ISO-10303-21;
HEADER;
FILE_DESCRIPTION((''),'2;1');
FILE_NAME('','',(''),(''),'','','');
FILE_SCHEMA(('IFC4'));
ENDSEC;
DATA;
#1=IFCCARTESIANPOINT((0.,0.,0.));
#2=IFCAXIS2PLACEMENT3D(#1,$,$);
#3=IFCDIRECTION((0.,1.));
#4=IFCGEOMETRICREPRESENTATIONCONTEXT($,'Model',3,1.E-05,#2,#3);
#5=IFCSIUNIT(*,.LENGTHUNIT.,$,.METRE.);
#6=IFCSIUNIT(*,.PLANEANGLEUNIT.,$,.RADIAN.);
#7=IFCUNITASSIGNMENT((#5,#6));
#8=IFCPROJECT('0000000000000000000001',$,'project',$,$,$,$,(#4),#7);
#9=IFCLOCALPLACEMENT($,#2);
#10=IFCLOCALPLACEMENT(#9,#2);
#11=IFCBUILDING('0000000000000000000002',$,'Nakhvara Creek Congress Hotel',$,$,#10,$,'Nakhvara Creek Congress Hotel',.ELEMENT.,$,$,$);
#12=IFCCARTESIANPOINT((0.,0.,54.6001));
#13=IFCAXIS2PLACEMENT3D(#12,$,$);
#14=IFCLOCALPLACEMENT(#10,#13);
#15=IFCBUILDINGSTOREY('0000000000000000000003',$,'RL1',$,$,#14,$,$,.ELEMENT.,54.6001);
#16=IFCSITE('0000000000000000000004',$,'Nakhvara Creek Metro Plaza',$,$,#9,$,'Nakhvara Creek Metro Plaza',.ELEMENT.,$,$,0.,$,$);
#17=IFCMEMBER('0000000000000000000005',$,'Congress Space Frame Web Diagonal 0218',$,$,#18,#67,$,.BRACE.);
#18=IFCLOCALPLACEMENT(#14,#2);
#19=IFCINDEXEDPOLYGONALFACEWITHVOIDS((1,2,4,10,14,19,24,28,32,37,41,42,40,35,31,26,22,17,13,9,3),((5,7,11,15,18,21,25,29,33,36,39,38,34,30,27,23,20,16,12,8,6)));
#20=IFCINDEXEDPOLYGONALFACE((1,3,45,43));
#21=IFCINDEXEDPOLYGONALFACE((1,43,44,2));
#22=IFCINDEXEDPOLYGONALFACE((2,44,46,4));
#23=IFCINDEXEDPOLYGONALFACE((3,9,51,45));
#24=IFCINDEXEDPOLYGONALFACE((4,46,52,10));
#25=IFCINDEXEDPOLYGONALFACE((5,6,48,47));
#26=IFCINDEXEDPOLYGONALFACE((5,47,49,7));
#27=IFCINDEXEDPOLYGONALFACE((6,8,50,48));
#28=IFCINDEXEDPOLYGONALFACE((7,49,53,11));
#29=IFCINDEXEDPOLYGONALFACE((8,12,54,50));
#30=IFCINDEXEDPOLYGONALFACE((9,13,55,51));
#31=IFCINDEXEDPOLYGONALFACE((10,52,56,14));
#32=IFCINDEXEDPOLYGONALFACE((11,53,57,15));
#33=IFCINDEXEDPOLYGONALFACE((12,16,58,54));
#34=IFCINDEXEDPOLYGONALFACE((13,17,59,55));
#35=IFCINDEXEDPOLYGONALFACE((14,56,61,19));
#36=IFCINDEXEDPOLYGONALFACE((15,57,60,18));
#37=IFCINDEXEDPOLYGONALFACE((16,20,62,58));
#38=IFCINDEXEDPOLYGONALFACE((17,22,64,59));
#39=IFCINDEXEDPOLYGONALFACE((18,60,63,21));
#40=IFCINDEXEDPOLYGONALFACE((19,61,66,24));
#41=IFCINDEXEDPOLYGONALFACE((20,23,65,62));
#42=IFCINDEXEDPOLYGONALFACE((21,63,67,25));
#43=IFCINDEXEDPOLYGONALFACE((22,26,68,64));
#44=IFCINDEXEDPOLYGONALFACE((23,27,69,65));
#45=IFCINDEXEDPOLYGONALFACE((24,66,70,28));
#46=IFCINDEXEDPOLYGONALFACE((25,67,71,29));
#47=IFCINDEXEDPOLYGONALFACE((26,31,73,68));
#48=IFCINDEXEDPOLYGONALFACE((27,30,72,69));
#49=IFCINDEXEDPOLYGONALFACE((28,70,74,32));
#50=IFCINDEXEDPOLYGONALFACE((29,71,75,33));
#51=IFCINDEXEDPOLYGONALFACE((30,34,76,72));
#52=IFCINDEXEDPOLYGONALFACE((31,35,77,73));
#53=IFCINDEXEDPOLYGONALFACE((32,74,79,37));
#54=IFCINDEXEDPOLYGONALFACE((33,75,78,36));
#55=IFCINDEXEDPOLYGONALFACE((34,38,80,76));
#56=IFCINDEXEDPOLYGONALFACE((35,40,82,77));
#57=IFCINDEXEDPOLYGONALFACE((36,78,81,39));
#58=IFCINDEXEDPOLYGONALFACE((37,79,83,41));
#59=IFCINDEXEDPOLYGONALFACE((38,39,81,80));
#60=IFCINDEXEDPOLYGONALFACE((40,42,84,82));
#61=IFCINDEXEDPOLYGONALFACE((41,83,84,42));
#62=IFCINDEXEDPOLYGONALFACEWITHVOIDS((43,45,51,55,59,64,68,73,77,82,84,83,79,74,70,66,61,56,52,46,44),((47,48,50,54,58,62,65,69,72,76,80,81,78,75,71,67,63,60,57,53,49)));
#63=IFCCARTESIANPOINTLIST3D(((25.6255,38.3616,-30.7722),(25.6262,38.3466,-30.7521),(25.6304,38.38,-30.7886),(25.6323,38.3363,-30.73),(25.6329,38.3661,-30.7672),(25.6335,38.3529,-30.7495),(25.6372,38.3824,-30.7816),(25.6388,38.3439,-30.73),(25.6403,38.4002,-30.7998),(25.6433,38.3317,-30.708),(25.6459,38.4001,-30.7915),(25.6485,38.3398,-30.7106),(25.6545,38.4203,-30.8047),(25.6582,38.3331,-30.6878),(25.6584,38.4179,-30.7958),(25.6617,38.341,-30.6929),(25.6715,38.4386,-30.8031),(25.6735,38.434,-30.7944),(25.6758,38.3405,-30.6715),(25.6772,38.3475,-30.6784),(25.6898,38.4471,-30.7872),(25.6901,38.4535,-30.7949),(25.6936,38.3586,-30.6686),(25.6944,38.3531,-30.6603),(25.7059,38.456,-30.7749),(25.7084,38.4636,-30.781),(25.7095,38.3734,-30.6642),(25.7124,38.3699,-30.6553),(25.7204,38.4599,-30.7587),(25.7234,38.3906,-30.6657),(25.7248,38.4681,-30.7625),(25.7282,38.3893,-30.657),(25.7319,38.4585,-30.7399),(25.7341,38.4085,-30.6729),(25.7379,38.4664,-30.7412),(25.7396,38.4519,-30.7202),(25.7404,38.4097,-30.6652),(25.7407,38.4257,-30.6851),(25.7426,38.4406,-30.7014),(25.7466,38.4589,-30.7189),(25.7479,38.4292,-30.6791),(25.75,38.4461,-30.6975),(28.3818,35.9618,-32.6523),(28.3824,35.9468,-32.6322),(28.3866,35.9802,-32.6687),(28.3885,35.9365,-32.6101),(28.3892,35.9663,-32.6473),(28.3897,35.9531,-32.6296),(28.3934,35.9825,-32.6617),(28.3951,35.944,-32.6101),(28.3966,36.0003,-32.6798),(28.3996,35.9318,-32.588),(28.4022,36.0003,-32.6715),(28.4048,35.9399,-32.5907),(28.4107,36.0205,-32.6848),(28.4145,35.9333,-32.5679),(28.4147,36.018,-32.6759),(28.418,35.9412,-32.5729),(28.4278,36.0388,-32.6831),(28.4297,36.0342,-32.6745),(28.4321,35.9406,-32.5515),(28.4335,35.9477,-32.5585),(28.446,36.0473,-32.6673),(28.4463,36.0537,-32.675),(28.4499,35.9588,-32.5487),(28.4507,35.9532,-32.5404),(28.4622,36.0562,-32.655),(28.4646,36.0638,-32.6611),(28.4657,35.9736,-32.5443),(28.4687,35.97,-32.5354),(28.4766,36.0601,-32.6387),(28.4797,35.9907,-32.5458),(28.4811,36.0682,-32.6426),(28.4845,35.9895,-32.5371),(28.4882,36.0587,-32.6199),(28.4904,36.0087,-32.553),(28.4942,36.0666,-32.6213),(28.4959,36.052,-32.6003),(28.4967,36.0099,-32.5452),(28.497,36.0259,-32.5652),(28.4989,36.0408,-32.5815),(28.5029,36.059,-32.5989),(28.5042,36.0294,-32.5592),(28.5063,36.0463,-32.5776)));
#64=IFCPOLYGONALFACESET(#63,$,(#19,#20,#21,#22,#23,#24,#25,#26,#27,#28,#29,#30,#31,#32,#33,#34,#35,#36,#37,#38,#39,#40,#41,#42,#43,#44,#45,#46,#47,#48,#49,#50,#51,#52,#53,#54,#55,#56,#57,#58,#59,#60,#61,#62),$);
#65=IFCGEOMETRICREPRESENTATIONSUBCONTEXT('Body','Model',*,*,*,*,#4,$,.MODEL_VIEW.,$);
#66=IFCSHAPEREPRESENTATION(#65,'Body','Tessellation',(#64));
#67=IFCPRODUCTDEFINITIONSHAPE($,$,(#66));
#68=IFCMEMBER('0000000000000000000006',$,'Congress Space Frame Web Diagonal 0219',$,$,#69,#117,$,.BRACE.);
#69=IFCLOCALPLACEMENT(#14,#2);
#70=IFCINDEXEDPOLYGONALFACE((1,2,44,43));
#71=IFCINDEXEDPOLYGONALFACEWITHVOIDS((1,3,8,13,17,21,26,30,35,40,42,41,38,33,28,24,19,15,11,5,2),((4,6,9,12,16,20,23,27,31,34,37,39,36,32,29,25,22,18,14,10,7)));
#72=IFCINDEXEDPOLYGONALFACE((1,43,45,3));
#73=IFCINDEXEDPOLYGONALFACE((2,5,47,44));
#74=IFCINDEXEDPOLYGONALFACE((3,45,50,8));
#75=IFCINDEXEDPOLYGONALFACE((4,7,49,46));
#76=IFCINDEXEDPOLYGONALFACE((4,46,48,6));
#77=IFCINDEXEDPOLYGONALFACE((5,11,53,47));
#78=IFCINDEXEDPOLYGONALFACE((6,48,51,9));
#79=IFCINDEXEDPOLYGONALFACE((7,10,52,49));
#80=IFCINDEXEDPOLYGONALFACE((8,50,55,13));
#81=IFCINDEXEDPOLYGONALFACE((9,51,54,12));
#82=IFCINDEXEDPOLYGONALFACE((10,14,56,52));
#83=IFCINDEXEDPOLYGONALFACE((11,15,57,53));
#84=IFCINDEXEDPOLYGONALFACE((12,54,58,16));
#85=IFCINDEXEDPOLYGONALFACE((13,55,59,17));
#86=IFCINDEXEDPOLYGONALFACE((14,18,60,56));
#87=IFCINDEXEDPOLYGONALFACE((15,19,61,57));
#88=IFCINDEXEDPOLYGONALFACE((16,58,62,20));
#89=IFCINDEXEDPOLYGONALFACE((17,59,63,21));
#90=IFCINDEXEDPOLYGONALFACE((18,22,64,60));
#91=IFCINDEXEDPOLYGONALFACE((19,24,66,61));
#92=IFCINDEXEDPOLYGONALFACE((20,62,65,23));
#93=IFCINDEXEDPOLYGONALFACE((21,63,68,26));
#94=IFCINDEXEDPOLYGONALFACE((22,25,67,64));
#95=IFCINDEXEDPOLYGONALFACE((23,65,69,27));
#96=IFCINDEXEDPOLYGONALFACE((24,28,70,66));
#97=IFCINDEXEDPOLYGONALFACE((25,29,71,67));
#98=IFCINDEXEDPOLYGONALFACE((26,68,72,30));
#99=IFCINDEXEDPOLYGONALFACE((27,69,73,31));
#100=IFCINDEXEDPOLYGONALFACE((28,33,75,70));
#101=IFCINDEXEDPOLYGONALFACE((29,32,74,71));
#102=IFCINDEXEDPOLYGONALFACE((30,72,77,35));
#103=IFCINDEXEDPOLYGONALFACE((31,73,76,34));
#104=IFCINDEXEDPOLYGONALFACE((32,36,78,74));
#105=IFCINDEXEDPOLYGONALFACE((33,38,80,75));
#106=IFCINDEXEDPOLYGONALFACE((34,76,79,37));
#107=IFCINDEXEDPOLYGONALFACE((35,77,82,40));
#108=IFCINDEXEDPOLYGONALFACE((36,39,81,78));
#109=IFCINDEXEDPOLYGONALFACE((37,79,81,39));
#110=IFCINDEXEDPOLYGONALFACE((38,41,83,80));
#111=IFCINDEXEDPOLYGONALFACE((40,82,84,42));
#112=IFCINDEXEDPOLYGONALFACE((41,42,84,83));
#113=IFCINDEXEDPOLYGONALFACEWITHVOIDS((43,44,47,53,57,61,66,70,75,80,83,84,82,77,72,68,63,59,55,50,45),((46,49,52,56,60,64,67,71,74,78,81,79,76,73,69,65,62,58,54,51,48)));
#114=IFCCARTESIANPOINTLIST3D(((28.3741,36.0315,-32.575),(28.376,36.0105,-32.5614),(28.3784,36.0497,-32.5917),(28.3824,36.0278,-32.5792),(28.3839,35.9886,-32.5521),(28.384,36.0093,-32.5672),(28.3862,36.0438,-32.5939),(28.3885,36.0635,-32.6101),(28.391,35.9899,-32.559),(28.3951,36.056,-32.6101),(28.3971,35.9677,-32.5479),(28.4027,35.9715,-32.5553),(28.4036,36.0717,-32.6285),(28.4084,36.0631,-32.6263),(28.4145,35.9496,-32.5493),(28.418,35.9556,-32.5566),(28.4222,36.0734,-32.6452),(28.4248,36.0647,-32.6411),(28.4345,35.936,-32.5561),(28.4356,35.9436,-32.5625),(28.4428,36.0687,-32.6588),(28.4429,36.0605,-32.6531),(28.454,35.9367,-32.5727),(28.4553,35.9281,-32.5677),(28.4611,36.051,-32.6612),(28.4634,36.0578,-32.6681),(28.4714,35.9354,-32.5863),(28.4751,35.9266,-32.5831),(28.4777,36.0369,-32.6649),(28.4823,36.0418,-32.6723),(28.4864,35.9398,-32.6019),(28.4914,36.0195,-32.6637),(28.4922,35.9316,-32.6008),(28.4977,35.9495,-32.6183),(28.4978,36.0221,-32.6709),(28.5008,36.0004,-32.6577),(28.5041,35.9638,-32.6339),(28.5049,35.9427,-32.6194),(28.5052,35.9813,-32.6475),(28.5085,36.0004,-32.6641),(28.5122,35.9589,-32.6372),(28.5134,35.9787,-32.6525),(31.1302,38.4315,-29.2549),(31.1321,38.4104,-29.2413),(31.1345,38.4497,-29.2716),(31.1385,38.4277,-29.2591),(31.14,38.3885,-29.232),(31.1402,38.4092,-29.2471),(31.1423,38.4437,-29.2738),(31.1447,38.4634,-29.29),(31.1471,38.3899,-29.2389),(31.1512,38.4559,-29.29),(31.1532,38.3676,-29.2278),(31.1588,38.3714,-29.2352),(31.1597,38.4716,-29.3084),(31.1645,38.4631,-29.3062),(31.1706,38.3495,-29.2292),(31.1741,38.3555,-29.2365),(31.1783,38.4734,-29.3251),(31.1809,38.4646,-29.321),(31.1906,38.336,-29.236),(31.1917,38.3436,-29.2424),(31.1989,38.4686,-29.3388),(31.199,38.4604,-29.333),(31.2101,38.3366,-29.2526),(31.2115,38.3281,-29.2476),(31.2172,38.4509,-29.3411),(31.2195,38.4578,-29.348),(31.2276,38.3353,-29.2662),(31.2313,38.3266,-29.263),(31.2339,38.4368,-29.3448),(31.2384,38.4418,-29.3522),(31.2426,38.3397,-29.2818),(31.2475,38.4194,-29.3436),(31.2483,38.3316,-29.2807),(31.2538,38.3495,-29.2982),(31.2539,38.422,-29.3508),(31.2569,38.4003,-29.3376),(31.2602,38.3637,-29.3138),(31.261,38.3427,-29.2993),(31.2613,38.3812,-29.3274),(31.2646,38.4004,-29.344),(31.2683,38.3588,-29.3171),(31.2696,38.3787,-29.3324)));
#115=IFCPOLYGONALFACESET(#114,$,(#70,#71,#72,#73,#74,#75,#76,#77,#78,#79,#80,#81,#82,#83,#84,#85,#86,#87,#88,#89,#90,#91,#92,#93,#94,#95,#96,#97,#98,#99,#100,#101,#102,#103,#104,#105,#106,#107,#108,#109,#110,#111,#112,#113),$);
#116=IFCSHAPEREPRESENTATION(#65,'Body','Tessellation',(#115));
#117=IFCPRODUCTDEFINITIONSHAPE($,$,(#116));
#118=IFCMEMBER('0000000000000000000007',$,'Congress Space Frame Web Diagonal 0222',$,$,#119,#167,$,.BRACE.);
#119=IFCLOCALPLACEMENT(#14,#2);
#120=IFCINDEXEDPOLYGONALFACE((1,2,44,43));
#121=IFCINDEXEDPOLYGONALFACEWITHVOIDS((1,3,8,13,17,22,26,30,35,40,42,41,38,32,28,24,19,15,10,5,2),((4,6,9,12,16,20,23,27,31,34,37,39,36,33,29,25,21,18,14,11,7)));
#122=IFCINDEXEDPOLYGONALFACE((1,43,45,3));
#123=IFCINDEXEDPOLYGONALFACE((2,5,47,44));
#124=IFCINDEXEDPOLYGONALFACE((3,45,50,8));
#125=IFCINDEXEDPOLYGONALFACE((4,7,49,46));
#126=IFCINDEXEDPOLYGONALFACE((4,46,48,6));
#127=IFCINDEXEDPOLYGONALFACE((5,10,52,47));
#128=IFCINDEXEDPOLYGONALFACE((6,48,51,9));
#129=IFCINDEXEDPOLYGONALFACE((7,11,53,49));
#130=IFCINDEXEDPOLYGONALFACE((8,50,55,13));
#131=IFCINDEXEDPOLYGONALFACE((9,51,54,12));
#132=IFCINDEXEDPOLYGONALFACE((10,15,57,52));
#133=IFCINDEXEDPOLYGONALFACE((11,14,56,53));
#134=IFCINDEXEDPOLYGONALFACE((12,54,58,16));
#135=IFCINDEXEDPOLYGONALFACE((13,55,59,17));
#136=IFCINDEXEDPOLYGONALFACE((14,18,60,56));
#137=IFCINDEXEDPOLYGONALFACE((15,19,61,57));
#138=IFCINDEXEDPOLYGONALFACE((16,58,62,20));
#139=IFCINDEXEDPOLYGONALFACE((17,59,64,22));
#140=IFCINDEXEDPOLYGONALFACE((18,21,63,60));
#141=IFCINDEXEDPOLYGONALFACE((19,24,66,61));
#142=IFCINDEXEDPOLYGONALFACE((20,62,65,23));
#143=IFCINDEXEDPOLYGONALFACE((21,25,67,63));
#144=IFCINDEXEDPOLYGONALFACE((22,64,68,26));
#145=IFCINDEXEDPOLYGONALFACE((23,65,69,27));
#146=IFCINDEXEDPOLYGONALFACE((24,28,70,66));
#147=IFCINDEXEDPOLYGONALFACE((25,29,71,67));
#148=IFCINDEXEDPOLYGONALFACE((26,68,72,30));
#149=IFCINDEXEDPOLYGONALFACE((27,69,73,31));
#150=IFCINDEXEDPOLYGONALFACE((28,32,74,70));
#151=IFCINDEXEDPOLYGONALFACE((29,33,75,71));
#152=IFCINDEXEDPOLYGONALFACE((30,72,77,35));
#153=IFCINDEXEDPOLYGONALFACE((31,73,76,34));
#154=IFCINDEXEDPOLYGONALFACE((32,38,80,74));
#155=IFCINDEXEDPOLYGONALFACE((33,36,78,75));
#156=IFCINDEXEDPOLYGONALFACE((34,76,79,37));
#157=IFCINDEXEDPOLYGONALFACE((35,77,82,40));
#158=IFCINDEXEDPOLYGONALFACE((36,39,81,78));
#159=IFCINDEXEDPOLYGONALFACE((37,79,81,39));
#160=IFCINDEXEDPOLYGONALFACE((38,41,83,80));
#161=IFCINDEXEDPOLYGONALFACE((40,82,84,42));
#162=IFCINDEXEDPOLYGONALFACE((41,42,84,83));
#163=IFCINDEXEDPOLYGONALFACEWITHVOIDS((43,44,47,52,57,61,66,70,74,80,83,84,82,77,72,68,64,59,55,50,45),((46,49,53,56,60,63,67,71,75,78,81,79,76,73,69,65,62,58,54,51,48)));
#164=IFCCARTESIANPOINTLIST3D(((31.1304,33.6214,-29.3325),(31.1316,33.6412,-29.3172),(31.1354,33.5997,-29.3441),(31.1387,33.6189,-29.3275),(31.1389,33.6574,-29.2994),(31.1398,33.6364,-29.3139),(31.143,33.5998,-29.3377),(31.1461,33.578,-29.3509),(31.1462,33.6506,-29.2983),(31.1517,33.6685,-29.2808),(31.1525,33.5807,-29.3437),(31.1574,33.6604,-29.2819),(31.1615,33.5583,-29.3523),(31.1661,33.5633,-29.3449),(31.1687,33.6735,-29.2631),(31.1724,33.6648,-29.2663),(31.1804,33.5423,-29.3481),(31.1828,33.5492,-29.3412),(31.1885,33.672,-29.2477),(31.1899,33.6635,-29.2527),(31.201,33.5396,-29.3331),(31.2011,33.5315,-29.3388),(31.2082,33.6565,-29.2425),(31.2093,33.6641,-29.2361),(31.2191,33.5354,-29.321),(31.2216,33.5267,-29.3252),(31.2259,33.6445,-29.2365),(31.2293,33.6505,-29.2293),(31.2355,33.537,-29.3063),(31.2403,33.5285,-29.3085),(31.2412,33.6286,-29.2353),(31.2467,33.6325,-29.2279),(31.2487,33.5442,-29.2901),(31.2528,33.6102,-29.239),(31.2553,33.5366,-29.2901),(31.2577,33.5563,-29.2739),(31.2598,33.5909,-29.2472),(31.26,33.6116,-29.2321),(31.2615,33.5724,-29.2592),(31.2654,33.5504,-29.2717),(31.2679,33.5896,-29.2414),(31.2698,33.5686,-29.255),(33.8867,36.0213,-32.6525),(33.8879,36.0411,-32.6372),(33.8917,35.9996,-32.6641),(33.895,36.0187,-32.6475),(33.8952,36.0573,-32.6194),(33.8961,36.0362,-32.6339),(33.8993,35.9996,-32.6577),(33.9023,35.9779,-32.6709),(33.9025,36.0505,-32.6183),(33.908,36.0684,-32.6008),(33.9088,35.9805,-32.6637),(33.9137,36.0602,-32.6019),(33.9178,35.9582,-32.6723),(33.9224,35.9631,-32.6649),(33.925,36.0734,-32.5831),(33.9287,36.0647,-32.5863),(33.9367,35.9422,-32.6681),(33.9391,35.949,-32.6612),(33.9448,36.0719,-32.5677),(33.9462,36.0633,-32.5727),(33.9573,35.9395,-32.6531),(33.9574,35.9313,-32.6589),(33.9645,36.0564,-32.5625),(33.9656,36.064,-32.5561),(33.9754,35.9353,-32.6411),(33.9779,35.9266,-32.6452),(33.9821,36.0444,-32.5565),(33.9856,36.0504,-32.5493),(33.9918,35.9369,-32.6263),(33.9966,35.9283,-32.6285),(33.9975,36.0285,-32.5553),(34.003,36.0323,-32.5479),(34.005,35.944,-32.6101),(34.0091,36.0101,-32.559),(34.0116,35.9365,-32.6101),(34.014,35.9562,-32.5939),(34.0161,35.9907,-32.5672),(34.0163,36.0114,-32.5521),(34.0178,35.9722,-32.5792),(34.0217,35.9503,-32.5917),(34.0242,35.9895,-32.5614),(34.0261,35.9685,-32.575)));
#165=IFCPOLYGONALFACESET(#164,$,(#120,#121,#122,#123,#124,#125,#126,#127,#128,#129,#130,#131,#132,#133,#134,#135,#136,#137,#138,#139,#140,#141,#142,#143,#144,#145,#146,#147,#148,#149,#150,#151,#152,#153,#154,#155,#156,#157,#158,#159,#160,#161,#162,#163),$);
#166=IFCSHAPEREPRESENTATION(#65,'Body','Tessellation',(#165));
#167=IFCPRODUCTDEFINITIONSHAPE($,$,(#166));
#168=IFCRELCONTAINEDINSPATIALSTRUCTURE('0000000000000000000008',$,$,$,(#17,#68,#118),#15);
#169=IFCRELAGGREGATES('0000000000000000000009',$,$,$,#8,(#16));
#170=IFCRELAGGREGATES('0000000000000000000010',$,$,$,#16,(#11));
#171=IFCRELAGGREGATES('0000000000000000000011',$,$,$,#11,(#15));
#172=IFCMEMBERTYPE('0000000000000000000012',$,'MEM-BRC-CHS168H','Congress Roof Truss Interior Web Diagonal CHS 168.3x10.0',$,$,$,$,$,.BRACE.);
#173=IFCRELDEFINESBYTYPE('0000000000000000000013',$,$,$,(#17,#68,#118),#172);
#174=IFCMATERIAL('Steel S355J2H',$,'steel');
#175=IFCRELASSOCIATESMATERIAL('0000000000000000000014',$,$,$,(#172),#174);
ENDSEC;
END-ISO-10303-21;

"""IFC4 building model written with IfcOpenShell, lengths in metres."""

from ifc_helpers import new_model, si_unit, direction, frame, origin, origin_2d, place, context, subcontext, project, spatial, hollow_circle, extrude, material, material_profile, profile_set, type_object, element, save


model = new_model("IFC4")

# Units and contexts
model_context = context("Model", 3, precision=1e-05, world=origin(), true_north=direction((0.0, 1.0)))
body_context = subcontext(model_context, "Body", "Model", "MODEL_VIEW")
ifc_project = project(units=[si_unit("LENGTHUNIT", "METRE"), si_unit("PLANEANGLEUNIT", "RADIAN")], contexts=[model_context])

# Site, building, storey
site_placement = place(None, origin())
site = spatial("IfcSite", under=ifc_project, at=site_placement, Name="Nakhvara Creek Metro Plaza", LongName="Nakhvara Creek Metro Plaza", CompositionType="ELEMENT", RefElevation=0.0)
building_placement = place(site_placement, origin())
building = spatial("IfcBuilding", under=site, at=building_placement, Name="Nakhvara Creek Congress Hotel", LongName="Nakhvara Creek Congress Hotel", CompositionType="ELEMENT")
storey_placement = place(building_placement, frame((0.0, 0.0, 54.6001)))
storey = spatial("IfcBuildingStorey", under=building, at=storey_placement, Name="RL1", CompositionType="ELEMENT", Elevation=54.6001)

# Members
ifc_material_1 = material(Name="Steel S355J2H", Category="steel")
ifc_material_profile_1 = material_profile(ifc_material_1, hollow_circle(Radius=0.0842, WallThickness=0.01, at=origin_2d()), Name="CHS 168.3x10.0", Category="LoadBearing")
ifc_profile_set_1 = profile_set([ifc_material_profile_1], Name="Steel S355J2H")
member_type_1 = type_object("IfcMemberType", Name="MEM-BRC-CHS168H", Description="Congress Roof Truss Interior Web Diagonal CHS 168.3x10.0", PredefinedType="BRACE", material=ifc_profile_set_1)
member_1_placement = place(storey_placement, frame((28.4438, 36.0, -32.6101), z_axis=(-0.670649, 0.583922, 0.457455), x_axis=(-0.656658, -0.754188, 0.0)))
element("IfcMember", 1, at=member_1_placement, inside=storey, type_object=member_type_1, Name="Congress Space Frame Web Diagonal 0218", PredefinedType="BRACE", context=body_context, shape_type="SweptSolid", body=[
    extrude(hollow_circle(Radius=0.0842, WallThickness=0.01, at=origin_2d()), origin(), (0.0, 0.0, 1.0), 4.1099),
])
for number, where, z_axis, x_axis, name in (
    (2, (28.4438, 36.0, -32.6101), (0.558203, 0.48606, 0.672425), (-0.656691, 0.75416, 0.0), "Congress Space Frame Web Diagonal 0219"),
    (3, (33.9563, 36.0, -32.6101), (-0.558237, -0.486047, 0.672406), (0.656658, -0.754188, 0.0), "Congress Space Frame Web Diagonal 0222"),
):
    element("IfcMember", number, at=place(storey_placement, frame(where, z_axis=z_axis, x_axis=x_axis)), inside=storey, type_object=member_type_1, Name=name, PredefinedType="BRACE", context=body_context, shape_type="SweptSolid", body=[
        extrude(hollow_circle(Radius=0.0842, WallThickness=0.01, at=origin_2d()), origin(), (0.0, 0.0, 1.0), 4.9375),
    ])

save(model, "model.ifc")
